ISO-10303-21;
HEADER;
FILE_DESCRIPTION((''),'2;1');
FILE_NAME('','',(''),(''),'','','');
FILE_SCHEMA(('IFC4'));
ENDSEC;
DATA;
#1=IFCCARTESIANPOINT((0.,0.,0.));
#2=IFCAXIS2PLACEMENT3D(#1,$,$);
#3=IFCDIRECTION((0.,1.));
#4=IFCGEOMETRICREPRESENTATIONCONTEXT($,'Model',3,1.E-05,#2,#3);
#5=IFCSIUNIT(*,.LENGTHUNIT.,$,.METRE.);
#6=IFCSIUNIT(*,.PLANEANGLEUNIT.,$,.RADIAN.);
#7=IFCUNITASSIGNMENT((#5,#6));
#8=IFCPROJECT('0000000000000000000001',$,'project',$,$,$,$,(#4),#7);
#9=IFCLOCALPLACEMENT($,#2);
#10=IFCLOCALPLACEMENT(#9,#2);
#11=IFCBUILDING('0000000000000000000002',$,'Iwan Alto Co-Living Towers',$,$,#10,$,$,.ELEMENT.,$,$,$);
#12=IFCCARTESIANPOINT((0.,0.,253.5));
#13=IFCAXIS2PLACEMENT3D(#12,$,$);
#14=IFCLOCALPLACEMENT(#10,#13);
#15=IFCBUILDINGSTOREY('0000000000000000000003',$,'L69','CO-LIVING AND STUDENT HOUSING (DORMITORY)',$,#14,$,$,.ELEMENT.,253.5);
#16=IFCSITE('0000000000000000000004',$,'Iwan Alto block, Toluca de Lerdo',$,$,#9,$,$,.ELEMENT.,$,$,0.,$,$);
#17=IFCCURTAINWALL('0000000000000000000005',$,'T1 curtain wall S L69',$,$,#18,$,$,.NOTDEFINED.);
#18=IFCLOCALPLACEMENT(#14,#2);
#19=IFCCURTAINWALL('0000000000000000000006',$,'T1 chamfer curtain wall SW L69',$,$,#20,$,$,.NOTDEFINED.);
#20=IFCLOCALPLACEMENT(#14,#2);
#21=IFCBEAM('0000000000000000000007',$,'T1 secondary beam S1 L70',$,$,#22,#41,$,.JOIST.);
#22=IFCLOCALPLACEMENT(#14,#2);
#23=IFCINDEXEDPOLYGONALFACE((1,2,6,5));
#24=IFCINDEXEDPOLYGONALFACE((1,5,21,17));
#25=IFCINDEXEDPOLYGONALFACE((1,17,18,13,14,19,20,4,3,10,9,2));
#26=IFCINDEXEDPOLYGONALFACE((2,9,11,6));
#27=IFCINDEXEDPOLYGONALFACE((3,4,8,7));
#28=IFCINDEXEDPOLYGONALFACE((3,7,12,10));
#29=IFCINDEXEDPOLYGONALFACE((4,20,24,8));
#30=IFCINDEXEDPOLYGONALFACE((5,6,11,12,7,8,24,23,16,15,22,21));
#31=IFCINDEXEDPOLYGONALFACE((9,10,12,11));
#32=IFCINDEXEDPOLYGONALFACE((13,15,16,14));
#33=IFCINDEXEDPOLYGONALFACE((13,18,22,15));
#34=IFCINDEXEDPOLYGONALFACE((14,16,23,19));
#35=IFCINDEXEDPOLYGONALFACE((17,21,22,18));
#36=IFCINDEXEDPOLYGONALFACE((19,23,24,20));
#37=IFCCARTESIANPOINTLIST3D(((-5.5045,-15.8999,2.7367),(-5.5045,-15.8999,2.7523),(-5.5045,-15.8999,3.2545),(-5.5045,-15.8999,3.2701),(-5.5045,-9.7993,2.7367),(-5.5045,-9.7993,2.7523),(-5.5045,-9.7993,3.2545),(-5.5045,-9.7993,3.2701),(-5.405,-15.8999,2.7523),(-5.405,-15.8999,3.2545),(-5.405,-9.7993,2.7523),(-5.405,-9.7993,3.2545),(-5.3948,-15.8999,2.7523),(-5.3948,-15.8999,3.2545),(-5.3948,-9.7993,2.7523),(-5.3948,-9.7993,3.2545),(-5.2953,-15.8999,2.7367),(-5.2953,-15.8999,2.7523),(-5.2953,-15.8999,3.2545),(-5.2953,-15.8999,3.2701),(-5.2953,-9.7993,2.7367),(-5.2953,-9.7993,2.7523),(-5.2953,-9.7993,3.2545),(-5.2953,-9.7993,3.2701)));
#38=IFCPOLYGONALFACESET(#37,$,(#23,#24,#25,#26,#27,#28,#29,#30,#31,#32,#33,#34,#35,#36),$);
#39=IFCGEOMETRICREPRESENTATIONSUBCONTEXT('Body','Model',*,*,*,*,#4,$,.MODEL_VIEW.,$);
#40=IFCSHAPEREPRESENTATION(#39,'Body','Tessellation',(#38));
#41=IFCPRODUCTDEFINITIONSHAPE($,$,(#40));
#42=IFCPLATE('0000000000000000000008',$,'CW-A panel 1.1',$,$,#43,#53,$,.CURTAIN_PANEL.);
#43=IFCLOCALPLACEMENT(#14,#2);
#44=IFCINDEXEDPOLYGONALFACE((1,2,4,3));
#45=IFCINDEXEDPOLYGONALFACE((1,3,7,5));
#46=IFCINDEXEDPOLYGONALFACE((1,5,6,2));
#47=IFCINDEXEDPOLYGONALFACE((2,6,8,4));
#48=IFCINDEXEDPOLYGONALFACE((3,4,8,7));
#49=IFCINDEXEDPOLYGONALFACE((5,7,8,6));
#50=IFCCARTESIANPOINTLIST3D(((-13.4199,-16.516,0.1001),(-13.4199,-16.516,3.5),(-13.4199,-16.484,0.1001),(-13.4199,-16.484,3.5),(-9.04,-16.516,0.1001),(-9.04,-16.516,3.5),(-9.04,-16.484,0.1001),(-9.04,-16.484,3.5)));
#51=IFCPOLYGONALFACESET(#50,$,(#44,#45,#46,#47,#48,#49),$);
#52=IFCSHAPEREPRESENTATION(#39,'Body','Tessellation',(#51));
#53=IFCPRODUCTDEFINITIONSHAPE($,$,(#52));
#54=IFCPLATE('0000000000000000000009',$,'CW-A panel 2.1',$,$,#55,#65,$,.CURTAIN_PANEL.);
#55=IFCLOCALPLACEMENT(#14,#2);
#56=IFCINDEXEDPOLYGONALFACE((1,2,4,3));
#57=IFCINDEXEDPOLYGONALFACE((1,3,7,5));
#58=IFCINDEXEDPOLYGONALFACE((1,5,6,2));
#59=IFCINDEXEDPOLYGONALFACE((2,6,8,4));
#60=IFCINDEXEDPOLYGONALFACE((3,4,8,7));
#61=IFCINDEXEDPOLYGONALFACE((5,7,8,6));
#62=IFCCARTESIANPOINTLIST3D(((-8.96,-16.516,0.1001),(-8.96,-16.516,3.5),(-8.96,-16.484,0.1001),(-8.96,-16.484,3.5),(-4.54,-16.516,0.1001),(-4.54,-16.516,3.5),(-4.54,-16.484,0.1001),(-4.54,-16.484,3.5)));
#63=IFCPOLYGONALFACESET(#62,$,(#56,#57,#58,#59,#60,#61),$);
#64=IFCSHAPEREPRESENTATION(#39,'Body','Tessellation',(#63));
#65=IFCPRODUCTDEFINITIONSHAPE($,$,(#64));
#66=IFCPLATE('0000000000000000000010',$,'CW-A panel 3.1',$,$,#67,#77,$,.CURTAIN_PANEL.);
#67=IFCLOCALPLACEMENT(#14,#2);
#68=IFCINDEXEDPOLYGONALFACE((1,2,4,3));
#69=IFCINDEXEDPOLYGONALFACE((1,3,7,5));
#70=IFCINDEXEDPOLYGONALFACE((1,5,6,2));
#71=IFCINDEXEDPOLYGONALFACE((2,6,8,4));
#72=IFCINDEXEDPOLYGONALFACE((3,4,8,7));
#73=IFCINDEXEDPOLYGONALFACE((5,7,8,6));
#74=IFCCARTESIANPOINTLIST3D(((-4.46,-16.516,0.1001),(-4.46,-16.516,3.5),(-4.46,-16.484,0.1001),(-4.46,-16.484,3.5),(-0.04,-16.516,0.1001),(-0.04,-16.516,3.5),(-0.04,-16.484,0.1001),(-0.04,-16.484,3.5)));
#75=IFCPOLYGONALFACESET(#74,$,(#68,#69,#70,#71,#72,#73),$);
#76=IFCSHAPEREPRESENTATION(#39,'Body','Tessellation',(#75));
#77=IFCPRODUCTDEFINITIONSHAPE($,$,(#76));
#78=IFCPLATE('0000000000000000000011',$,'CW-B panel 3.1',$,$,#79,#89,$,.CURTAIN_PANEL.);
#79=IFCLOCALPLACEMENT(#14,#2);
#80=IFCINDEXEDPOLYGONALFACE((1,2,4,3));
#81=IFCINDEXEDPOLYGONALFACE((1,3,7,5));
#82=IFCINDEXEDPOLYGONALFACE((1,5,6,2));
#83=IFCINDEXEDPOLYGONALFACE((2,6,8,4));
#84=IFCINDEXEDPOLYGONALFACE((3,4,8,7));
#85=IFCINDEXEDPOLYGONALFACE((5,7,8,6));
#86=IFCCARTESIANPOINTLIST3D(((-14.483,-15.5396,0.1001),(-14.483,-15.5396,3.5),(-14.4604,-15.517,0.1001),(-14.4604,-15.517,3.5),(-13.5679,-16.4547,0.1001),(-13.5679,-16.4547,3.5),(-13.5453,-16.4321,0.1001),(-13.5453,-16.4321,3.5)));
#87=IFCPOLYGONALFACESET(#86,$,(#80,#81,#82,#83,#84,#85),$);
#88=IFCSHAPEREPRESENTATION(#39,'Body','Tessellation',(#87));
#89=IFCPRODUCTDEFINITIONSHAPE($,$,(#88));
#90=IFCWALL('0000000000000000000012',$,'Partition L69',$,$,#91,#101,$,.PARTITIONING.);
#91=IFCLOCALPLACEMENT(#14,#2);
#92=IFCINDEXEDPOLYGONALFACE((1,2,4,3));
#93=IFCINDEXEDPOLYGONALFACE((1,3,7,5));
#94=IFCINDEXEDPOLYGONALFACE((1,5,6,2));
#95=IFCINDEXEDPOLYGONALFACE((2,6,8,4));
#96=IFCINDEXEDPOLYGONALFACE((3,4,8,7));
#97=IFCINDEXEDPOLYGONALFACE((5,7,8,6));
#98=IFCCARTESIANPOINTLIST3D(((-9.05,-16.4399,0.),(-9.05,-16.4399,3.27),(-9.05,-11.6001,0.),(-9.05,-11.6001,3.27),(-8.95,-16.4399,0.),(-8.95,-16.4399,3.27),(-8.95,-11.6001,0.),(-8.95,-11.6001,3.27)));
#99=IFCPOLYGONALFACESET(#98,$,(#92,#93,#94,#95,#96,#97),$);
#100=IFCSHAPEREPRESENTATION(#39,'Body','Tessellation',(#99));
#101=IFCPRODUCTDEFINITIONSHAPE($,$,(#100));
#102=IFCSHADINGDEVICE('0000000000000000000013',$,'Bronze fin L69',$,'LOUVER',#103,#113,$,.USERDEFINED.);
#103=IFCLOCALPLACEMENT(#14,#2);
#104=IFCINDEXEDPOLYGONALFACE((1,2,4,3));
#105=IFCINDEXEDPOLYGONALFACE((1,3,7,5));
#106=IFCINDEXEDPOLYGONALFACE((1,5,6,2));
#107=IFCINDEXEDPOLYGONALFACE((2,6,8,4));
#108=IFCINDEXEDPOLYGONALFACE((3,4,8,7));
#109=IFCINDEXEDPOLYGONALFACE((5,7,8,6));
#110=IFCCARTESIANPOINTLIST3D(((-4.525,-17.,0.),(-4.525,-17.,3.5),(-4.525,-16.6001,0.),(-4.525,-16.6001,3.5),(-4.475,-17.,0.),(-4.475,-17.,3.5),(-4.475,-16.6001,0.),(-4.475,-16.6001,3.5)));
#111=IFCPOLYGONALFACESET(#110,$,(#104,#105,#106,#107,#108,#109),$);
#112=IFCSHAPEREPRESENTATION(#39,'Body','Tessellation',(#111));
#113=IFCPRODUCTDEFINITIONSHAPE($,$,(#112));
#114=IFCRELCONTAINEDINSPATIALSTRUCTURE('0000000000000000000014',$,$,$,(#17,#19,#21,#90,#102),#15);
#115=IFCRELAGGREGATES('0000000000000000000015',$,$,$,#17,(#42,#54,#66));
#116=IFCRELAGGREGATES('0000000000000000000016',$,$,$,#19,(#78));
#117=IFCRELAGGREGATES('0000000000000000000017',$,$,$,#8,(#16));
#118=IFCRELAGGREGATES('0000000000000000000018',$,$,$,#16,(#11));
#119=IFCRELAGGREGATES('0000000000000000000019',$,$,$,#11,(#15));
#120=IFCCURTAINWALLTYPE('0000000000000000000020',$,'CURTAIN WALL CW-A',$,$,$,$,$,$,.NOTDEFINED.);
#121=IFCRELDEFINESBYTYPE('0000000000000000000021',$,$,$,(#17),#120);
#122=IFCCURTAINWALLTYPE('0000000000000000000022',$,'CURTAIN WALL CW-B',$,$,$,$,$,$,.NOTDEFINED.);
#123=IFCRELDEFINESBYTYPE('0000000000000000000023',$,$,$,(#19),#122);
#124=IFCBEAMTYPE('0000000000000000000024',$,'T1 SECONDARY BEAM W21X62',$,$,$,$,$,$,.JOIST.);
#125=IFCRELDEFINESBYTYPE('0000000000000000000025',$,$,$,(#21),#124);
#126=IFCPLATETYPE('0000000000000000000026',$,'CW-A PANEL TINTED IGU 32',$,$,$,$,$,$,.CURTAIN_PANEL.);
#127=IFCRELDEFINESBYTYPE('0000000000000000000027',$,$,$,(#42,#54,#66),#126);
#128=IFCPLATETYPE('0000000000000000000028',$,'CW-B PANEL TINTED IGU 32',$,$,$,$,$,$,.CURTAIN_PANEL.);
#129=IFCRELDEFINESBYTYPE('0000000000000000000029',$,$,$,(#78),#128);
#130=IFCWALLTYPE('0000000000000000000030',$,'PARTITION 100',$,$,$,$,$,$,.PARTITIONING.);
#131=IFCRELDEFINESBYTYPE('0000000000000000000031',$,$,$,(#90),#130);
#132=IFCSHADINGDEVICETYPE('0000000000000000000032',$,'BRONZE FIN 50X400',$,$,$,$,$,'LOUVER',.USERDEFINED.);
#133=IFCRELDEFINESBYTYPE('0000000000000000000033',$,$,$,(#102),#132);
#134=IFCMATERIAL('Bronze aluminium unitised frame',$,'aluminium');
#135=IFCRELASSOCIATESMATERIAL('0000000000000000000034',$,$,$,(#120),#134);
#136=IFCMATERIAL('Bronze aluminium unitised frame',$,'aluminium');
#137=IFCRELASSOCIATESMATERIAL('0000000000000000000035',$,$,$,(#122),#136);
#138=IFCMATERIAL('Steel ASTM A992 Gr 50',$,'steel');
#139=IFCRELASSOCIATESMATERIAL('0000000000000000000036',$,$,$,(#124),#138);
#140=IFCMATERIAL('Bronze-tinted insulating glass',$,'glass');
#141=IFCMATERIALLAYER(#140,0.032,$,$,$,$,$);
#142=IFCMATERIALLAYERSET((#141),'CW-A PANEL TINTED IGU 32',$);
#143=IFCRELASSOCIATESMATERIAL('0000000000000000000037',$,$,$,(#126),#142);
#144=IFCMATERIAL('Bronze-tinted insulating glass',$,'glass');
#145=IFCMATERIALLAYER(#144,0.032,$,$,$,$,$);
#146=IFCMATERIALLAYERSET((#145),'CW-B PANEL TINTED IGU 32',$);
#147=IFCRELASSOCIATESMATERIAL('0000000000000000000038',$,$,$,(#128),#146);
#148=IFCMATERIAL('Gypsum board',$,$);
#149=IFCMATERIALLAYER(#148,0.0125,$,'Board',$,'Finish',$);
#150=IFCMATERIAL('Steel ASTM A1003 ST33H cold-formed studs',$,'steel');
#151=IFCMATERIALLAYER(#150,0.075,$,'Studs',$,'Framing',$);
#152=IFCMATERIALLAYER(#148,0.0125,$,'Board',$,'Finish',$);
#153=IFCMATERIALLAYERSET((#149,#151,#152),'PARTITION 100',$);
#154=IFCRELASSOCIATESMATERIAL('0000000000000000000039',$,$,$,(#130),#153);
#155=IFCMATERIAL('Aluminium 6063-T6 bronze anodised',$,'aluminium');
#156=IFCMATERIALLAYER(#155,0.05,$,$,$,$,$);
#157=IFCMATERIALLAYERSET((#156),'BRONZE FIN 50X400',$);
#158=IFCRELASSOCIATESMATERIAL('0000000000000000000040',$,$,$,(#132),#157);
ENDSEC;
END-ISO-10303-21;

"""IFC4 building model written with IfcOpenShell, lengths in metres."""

from ifc_helpers import new_model, si_unit, direction, frame, frame_2d, origin, origin_2d, place, context, subcontext, project, spatial, rectangle, i_section, extrude, material, layer, layer_set, material_profile, profile_set, type_object, element, aggregate, save


model = new_model("IFC4")

# Units and contexts
model_context = context("Model", 3, precision=1e-05, world=origin(), true_north=direction((0.0, 1.0)))
body_context = subcontext(model_context, "Body", "Model", "MODEL_VIEW")
ifc_project = project(units=[si_unit("LENGTHUNIT", "METRE"), si_unit("PLANEANGLEUNIT", "RADIAN")], contexts=[model_context])

# Site, building, storey
site_placement = place(None, origin())
site = spatial("IfcSite", under=ifc_project, at=site_placement, Name="Iwan Alto block, Toluca de Lerdo", CompositionType="ELEMENT", RefElevation=0.0)
building_placement = place(site_placement, origin())
building = spatial("IfcBuilding", under=site, at=building_placement, Name="Iwan Alto Co-Living Towers", CompositionType="ELEMENT")
storey_placement = place(building_placement, frame((0.0, 0.0, 253.5)))
storey = spatial("IfcBuildingStorey", under=building, at=storey_placement, Name="L69", Description="CO-LIVING AND STUDENT HOUSING (DORMITORY)", CompositionType="ELEMENT", Elevation=253.5)

# Curtain wall
ifc_material_1 = material(Name="Bronze aluminium unitised frame", Category="aluminium")
curtain_wall_type_1 = type_object("IfcCurtainWallType", Name="CURTAIN WALL CW-A", PredefinedType="NOTDEFINED", material=ifc_material_1)
curtain_wall_1_placement = place(storey_placement, origin())
curtain_wall_1 = element("IfcCurtainWall", 1, at=curtain_wall_1_placement, inside=storey, type_object=curtain_wall_type_1, Name="T1 curtain wall S L69", PredefinedType="NOTDEFINED")

# Curtain wall
ifc_material_2 = material(Name="Bronze aluminium unitised frame", Category="aluminium")
curtain_wall_type_2 = type_object("IfcCurtainWallType", Name="CURTAIN WALL CW-B", PredefinedType="NOTDEFINED", material=ifc_material_2)
curtain_wall_2_placement = place(storey_placement, origin())
curtain_wall_2 = element("IfcCurtainWall", 2, at=curtain_wall_2_placement, inside=storey, type_object=curtain_wall_type_2, Name="T1 chamfer curtain wall SW L69", PredefinedType="NOTDEFINED")

# Beam
ifc_material_3 = material(Name="Steel ASTM A992 Gr 50", Category="steel")
ifc_material_profile_1 = material_profile(ifc_material_3, i_section(OverallWidth=0.2092, OverallDepth=0.5334, WebThickness=0.0103, FlangeThickness=0.0156, at=origin_2d()), Name="W21X62")
ifc_profile_set_1 = profile_set([ifc_material_profile_1], Name="Steel ASTM A992 Gr 50")
beam_type_1 = type_object("IfcBeamType", Name="T1 SECONDARY BEAM W21X62", PredefinedType="JOIST", material=ifc_profile_set_1)
beam_1_placement = place(storey_placement, frame((-5.3999, -15.8999, 3.0034), z_axis=(0.0, 1.0, 0.0), x_axis=(-1.0, 0.0, 0.0)))
element("IfcBeam", 3, at=beam_1_placement, inside=storey, type_object=beam_type_1, Name="T1 secondary beam S1 L70", PredefinedType="JOIST", context=body_context, shape_type="SweptSolid", body=[
    extrude(i_section(OverallWidth=0.2092, OverallDepth=0.5334, WebThickness=0.0103, FlangeThickness=0.0156, at=origin_2d()), origin(), (0.0, 0.0, 1.0), 6.1006),
])

# Plates
ifc_material_4 = material(Name="Bronze-tinted insulating glass", Category="glass")
ifc_layer_1 = layer(ifc_material_4, 0.032)
ifc_layer_set_1 = layer_set([ifc_layer_1], Name="CW-A PANEL TINTED IGU 32")
plate_type_1 = type_object("IfcPlateType", Name="CW-A PANEL TINTED IGU 32", PredefinedType="CURTAIN_PANEL", material=ifc_layer_set_1)
plate_1_placement = place(storey_placement, frame((-11.23, -16.5, 0.1001), z_axis=(0.0, 0.0, 1.0), x_axis=(1.0, 0.0, 0.0)))
plate_1 = element("IfcPlate", 4, at=plate_1_placement, type_object=plate_type_1, Name="CW-A panel 1.1", PredefinedType="CURTAIN_PANEL", context=body_context, shape_type="SweptSolid", body=[
    extrude(rectangle(XDim=4.3799, YDim=0.032, at=origin_2d()), origin(), (0.0, 0.0, 1.0), 3.3999),
])
plate_2_placement = place(storey_placement, frame((-6.75, -16.5, 0.1001), z_axis=(0.0, 0.0, 1.0), x_axis=(1.0, 0.0, 0.0)))
plate_2 = element("IfcPlate", 5, at=plate_2_placement, type_object=plate_type_1, Name="CW-A panel 2.1", PredefinedType="CURTAIN_PANEL", context=body_context, shape_type="SweptSolid", body=[
    extrude(rectangle(XDim=4.4199, YDim=0.032, at=origin_2d()), origin(), (0.0, 0.0, 1.0), 3.3999),
])
plate_3_placement = place(storey_placement, frame((-2.25, -16.5, 0.1001), z_axis=(0.0, 0.0, 1.0), x_axis=(1.0, 0.0, 0.0)))
plate_3 = element("IfcPlate", 6, at=plate_3_placement, type_object=plate_type_1, Name="CW-A panel 3.1", PredefinedType="CURTAIN_PANEL", context=body_context, shape_type="SweptSolid", body=[
    extrude(rectangle(XDim=4.4199, YDim=0.032, at=origin_2d()), origin(), (0.0, 0.0, 1.0), 3.3999),
])
aggregate(curtain_wall_1, [plate_1, plate_2, plate_3])
ifc_material_5 = material(Name="Bronze-tinted insulating glass", Category="glass")
ifc_layer_2 = layer(ifc_material_5, 0.032)
ifc_layer_set_2 = layer_set([ifc_layer_2], Name="CW-B PANEL TINTED IGU 32")
plate_type_2 = type_object("IfcPlateType", Name="CW-B PANEL TINTED IGU 32", PredefinedType="CURTAIN_PANEL", material=ifc_layer_set_2)
plate_4_placement = place(storey_placement, frame((-14.0142, -15.9858, 0.1001), z_axis=(0.0, 0.0, 1.0), x_axis=(0.707107, -0.707107, 0.0)))
plate_4 = element("IfcPlate", 7, at=plate_4_placement, type_object=plate_type_2, Name="CW-B panel 3.1", PredefinedType="CURTAIN_PANEL", context=body_context, shape_type="SweptSolid", body=[
    extrude(rectangle(XDim=1.2942, YDim=0.032, at=origin_2d()), origin(), (0.0, 0.0, 1.0), 3.3999),
])
aggregate(curtain_wall_2, [plate_4])

# Wall
ifc_material_6 = material(Name="Gypsum board")
ifc_layer_3 = layer(ifc_material_6, 0.0125, Name="Board", Category="Finish")
ifc_material_7 = material(Name="Steel ASTM A1003 ST33H cold-formed studs", Category="steel")
ifc_layer_4 = layer(ifc_material_7, 0.075, Name="Studs", Category="Framing")
ifc_layer_5 = layer(ifc_material_6, 0.0125, Name="Board", Category="Finish")
ifc_layer_set_3 = layer_set([ifc_layer_3, ifc_layer_4, ifc_layer_5], Name="PARTITION 100")
wall_type = type_object("IfcWallType", Name="PARTITION 100", PredefinedType="PARTITIONING", material=ifc_layer_set_3)
wall_placement = place(storey_placement, frame((-9.0, -16.4399, 0.0), z_axis=(0.0, 0.0, 1.0), x_axis=(0.0, 1.0, 0.0)))
element("IfcWall", 8, at=wall_placement, inside=storey, type_object=wall_type, Name="Partition L69", PredefinedType="PARTITIONING", context=body_context, shape_type="SweptSolid", body=[
    extrude(rectangle(XDim=4.8398, YDim=0.1001, at=frame_2d((2.4199, 0.0))), origin(), (0.0, 0.0, 1.0), 3.27),
])

# Shading device
ifc_material_8 = material(Name="Aluminium 6063-T6 bronze anodised", Category="aluminium")
ifc_layer_6 = layer(ifc_material_8, 0.05)
ifc_layer_set_4 = layer_set([ifc_layer_6], Name="BRONZE FIN 50X400")
shading_device_type = type_object("IfcShadingDeviceType", Name="BRONZE FIN 50X400", ElementType="LOUVER", PredefinedType="USERDEFINED", material=ifc_layer_set_4)
shading_device_placement = place(storey_placement, frame((-4.5, -16.8, 0.0), z_axis=(0.0, 0.0, 1.0), x_axis=(1.0, 0.0, 0.0)))
element("IfcShadingDevice", 9, at=shading_device_placement, inside=storey, type_object=shading_device_type, Name="Bronze fin L69", ObjectType="LOUVER", PredefinedType="USERDEFINED", context=body_context, shape_type="SweptSolid", body=[
    extrude(rectangle(XDim=0.05, YDim=0.3999, at=origin_2d()), origin(), (0.0, 0.0, 1.0), 3.5),
])

save(model, "model.ifc")
